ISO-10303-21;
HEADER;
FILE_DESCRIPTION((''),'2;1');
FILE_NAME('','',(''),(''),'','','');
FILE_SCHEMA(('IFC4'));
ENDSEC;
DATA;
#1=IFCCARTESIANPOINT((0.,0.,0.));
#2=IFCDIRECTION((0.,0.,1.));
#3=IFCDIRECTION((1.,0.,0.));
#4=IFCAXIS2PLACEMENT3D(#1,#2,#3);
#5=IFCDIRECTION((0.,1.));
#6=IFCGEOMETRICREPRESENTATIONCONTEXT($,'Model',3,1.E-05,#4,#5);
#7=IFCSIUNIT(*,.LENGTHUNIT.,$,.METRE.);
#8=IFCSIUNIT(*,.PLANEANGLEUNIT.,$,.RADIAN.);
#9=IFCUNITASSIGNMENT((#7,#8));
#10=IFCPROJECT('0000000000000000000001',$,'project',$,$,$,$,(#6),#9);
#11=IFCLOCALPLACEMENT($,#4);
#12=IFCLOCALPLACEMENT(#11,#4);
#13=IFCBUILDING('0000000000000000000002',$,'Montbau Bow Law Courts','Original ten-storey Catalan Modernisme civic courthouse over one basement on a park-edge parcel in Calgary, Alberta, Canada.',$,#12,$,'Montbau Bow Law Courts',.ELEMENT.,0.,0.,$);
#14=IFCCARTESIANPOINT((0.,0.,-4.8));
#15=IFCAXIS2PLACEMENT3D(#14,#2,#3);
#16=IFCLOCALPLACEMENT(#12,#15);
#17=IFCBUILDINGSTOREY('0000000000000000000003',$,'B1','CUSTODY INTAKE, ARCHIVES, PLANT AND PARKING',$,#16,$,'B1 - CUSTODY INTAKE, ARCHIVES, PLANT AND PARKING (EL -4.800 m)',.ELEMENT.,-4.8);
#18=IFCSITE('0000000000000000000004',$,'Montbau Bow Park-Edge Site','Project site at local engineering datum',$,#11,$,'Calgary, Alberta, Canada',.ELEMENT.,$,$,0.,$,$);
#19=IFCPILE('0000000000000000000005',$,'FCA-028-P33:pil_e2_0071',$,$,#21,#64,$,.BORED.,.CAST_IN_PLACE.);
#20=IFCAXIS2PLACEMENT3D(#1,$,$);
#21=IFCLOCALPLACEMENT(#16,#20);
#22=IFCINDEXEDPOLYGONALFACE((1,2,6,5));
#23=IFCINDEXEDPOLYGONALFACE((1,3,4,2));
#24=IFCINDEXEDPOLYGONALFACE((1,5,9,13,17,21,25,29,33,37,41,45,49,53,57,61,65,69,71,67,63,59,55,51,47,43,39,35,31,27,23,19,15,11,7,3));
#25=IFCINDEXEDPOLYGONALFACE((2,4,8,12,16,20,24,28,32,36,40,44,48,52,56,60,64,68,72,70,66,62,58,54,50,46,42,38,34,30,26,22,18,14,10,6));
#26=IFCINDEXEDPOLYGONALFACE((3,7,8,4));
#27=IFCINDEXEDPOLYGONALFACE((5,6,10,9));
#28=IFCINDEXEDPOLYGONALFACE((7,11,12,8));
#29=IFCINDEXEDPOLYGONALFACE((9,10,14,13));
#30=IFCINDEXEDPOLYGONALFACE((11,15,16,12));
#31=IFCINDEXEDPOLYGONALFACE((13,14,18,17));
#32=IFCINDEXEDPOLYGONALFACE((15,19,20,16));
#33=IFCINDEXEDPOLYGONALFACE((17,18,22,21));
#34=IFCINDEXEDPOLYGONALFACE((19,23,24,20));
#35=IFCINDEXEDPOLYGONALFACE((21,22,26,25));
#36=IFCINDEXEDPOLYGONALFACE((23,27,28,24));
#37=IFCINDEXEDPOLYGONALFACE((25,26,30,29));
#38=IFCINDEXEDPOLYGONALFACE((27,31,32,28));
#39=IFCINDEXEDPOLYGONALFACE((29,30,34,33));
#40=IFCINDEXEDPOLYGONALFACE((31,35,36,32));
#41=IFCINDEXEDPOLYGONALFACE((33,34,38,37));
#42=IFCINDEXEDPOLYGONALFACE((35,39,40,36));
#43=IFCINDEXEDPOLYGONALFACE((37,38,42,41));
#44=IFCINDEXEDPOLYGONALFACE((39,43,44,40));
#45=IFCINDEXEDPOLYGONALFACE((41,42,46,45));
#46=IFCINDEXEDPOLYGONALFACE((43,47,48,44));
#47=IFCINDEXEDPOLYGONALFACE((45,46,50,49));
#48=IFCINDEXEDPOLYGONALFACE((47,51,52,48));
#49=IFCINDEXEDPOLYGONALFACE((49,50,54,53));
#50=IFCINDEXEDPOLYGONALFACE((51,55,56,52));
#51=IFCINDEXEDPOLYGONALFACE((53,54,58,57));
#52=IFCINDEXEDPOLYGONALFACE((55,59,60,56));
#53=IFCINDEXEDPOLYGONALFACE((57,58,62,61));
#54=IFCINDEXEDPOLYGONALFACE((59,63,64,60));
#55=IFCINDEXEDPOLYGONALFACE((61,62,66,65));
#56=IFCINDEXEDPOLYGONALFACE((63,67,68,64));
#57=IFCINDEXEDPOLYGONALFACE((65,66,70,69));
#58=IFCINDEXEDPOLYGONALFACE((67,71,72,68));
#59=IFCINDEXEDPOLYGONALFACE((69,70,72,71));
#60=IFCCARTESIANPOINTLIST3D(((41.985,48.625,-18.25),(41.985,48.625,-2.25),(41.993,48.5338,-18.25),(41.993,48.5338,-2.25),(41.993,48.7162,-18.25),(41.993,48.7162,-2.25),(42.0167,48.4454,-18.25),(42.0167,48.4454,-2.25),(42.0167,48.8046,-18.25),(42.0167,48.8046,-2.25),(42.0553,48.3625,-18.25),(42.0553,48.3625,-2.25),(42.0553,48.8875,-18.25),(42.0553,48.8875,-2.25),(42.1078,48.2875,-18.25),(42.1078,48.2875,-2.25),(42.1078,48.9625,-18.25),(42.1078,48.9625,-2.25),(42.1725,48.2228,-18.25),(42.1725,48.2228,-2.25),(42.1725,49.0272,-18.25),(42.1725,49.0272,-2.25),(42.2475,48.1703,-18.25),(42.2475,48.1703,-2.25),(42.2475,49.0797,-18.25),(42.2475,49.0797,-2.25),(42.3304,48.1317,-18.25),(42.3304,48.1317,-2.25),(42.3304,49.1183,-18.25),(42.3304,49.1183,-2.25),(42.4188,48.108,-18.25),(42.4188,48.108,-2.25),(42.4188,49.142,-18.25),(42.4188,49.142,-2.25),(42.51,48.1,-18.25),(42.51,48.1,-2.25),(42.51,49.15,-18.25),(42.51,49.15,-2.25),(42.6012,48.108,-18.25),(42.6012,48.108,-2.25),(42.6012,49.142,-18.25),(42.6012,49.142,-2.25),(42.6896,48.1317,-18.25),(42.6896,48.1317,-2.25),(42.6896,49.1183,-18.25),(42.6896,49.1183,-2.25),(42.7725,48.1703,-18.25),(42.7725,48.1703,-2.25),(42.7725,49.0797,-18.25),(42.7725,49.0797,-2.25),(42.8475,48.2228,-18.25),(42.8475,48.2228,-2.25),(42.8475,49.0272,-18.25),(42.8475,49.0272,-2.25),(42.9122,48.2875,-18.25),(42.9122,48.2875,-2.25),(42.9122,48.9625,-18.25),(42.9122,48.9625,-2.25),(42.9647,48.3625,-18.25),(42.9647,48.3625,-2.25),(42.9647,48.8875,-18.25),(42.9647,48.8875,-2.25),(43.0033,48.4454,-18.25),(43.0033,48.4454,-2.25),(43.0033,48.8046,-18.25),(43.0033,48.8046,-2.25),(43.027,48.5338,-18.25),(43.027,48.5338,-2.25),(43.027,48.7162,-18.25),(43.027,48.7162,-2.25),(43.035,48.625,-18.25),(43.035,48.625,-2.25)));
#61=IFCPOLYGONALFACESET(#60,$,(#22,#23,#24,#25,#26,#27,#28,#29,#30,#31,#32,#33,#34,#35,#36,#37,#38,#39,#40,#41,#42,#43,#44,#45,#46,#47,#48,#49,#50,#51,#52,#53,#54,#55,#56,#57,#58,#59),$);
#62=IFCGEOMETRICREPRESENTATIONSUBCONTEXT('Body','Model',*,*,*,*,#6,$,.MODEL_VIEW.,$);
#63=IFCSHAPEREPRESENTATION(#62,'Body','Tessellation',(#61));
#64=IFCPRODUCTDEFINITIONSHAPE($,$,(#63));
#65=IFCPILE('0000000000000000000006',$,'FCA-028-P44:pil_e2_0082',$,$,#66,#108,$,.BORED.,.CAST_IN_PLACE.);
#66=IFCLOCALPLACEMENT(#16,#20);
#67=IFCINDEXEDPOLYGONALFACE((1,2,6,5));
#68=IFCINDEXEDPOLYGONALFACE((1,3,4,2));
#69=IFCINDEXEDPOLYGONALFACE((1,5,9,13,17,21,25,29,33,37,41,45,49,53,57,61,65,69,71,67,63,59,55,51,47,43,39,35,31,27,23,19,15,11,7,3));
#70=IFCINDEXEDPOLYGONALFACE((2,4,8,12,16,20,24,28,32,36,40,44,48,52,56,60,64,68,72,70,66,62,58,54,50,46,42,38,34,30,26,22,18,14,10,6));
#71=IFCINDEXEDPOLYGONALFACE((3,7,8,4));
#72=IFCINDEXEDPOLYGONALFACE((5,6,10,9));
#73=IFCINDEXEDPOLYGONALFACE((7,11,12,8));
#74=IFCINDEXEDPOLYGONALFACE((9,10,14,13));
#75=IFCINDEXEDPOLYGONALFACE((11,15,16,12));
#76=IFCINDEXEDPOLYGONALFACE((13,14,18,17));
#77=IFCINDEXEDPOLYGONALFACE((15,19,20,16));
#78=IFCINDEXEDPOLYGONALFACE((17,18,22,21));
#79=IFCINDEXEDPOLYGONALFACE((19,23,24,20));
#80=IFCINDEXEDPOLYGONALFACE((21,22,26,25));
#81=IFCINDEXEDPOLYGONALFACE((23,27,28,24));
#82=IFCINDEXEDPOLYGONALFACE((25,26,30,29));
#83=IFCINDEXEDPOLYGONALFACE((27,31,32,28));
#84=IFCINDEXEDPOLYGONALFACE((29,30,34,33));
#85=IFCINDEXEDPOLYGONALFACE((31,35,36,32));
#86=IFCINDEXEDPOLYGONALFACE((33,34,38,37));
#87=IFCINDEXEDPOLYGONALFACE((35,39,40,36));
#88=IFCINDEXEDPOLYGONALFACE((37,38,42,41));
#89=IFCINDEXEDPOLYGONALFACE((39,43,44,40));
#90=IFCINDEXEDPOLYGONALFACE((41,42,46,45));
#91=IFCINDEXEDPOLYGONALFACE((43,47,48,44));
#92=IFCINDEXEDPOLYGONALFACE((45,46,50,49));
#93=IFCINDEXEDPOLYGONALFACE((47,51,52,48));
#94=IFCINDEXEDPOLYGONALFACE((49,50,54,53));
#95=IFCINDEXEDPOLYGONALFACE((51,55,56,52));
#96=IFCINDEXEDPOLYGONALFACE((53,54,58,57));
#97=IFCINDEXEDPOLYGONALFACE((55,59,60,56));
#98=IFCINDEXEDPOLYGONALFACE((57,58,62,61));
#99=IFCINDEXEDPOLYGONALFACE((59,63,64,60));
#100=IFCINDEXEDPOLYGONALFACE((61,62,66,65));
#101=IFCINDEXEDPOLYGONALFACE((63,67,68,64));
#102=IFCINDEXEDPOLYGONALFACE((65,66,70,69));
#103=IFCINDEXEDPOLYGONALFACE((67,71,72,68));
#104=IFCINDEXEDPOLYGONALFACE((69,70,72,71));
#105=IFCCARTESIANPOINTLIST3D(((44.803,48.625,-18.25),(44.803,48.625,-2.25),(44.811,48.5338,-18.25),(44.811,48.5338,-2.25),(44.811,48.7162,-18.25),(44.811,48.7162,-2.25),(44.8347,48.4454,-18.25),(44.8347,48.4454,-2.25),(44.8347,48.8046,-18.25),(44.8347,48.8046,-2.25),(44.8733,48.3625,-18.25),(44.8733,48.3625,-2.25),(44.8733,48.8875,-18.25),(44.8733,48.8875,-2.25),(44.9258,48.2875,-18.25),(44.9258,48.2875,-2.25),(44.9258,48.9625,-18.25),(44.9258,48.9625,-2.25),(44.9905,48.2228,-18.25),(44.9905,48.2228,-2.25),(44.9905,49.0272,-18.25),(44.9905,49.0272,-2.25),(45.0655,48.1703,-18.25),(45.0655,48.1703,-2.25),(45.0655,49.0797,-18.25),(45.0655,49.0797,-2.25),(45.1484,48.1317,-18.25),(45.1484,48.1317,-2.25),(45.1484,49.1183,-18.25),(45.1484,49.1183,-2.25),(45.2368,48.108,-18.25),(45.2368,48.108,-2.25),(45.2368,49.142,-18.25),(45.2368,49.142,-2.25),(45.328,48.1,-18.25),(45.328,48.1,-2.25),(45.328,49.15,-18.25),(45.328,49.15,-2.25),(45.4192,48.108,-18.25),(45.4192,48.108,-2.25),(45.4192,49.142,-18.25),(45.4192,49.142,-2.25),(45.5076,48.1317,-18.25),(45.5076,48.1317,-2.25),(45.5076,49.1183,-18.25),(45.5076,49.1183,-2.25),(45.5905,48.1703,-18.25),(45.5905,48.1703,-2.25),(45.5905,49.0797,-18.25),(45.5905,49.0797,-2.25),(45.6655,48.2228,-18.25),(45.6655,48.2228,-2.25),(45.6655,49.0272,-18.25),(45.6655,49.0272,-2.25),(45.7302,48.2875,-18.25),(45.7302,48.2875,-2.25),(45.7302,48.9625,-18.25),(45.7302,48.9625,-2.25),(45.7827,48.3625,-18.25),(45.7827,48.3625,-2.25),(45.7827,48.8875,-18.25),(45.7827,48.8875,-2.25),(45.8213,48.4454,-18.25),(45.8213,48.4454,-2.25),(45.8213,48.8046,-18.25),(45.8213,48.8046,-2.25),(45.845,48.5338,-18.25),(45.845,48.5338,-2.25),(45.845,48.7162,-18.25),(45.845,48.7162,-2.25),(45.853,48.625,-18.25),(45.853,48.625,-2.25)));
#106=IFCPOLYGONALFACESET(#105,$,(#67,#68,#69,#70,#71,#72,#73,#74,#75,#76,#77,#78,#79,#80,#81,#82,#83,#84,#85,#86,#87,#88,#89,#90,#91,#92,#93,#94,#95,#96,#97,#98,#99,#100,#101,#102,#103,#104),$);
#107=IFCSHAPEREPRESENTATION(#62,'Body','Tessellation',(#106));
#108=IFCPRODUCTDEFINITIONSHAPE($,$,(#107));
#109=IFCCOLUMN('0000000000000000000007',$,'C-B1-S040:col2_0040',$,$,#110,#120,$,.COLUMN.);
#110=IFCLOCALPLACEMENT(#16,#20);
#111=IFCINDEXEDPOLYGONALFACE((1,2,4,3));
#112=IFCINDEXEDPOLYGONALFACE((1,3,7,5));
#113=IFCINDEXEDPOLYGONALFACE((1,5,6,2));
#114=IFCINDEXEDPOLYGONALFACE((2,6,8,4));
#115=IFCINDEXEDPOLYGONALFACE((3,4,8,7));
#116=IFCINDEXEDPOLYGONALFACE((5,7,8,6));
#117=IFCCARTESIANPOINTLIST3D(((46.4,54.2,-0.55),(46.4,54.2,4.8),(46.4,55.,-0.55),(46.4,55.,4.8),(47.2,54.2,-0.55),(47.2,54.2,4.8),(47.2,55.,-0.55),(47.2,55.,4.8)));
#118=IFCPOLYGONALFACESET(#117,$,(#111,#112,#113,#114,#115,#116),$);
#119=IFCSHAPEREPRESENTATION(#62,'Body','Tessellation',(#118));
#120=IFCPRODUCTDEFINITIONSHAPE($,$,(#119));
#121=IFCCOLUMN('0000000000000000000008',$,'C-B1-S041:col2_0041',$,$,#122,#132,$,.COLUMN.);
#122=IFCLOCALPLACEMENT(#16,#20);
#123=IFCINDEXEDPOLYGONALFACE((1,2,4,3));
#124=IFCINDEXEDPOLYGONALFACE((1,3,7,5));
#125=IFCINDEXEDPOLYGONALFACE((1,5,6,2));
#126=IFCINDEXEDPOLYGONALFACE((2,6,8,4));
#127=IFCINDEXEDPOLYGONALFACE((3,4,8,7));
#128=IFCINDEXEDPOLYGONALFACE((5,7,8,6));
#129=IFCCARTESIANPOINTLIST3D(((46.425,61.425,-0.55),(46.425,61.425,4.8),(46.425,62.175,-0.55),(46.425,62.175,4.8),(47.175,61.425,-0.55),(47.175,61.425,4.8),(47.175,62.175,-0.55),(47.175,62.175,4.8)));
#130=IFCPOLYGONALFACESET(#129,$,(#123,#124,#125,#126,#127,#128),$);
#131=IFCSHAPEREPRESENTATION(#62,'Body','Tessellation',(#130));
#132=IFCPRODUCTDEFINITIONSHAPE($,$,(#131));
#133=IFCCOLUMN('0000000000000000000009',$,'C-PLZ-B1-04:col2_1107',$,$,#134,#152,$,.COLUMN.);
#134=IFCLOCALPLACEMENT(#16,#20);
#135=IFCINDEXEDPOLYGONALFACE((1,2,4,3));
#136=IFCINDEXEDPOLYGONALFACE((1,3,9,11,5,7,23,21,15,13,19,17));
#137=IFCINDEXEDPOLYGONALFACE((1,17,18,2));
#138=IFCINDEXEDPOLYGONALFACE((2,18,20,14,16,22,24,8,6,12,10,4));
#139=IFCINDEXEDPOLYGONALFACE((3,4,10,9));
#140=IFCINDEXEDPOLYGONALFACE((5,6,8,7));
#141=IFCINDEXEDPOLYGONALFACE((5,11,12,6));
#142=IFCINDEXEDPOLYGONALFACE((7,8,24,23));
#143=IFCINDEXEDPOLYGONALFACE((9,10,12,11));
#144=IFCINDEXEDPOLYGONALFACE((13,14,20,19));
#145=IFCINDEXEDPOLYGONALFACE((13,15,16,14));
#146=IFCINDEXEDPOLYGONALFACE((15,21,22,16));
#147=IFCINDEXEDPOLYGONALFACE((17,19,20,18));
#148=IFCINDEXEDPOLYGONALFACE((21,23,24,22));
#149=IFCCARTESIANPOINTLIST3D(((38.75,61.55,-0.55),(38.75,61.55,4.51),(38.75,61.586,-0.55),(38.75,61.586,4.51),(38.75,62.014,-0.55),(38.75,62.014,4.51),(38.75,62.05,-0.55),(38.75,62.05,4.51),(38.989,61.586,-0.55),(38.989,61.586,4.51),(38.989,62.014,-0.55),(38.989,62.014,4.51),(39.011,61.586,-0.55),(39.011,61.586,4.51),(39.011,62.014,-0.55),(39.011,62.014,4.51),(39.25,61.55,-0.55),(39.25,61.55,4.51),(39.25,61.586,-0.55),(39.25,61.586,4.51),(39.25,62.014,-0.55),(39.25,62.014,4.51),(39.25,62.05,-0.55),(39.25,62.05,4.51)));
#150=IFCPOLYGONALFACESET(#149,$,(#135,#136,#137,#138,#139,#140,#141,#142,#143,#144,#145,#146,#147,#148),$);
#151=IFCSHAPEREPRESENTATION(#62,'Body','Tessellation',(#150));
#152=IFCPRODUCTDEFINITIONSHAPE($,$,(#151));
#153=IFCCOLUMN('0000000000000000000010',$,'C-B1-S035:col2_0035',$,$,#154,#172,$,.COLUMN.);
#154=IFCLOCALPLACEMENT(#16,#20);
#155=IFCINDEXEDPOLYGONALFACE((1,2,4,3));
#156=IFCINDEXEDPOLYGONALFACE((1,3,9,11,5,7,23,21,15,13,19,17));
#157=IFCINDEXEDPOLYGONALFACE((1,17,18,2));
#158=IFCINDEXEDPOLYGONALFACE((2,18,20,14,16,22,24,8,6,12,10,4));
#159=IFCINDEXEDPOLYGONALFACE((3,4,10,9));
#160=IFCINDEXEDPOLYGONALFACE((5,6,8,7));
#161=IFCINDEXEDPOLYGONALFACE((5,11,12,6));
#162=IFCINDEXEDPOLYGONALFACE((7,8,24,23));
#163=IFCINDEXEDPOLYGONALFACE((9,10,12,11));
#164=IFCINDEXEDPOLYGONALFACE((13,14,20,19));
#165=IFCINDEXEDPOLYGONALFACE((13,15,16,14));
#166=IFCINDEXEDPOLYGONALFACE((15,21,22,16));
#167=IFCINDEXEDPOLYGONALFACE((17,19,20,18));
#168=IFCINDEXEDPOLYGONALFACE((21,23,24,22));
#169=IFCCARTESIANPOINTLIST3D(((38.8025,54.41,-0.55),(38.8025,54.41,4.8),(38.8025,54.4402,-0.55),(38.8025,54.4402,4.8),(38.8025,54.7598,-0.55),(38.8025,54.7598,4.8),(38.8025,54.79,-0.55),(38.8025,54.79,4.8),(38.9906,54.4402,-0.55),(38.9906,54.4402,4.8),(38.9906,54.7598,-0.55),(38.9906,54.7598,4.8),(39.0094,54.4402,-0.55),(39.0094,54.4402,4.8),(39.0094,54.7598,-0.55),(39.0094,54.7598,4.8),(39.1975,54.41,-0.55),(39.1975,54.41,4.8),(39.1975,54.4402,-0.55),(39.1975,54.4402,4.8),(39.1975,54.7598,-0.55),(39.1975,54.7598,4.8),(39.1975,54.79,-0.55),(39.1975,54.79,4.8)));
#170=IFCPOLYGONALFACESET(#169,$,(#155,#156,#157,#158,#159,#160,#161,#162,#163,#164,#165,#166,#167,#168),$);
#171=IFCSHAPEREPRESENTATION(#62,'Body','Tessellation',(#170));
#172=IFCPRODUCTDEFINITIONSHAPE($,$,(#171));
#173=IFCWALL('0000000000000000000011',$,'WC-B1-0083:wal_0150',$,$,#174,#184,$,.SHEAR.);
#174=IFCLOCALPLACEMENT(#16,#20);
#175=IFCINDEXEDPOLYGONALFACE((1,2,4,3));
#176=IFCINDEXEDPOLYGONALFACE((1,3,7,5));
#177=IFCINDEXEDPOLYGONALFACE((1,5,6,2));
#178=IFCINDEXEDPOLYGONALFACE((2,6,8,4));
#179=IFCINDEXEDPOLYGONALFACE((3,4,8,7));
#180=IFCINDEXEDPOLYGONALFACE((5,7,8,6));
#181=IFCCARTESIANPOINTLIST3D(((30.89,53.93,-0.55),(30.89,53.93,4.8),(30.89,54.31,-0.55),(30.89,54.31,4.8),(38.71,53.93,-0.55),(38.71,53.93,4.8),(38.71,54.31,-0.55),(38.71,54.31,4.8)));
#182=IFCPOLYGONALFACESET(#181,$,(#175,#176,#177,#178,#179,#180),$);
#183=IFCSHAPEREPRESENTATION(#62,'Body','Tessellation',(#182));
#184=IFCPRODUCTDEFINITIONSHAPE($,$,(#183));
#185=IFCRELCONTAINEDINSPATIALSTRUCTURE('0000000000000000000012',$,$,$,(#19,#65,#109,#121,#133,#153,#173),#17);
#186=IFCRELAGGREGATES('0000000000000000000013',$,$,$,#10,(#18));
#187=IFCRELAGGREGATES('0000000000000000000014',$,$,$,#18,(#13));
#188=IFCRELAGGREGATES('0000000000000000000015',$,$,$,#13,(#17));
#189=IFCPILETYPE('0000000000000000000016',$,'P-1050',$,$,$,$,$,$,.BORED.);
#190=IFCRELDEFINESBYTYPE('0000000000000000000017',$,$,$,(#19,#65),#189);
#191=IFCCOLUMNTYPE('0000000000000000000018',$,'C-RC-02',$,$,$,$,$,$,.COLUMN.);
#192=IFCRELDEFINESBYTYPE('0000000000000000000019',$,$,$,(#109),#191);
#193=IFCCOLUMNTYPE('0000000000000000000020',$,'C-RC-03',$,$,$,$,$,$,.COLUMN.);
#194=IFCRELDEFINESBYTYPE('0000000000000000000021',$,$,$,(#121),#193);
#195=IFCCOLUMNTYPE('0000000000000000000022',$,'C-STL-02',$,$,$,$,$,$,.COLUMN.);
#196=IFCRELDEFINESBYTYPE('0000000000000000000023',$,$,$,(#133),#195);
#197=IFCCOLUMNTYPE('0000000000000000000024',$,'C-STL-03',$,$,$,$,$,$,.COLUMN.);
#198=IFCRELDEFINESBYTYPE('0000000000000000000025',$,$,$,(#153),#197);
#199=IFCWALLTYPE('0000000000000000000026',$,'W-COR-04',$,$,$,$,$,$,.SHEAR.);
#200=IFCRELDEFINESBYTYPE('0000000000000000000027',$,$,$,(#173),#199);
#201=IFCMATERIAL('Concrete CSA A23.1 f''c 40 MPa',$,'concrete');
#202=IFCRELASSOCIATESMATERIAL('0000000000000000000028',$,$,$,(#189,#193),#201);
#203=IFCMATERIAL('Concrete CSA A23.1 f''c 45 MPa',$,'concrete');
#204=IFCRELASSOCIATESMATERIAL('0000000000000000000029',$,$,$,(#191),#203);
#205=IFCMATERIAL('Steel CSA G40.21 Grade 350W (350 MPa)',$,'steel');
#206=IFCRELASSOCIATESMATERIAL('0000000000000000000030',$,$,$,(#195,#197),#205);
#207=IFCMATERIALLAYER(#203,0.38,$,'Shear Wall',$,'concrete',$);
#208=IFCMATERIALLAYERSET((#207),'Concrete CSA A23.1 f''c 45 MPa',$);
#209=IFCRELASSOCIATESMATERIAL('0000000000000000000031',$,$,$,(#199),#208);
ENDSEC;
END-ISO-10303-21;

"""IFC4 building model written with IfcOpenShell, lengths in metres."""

from ifc_helpers import new_model, si_unit, direction, frame, frame_2d, origin_with_axes, origin_2d_with_axis, place, context, subcontext, project, spatial, rectangle, circle, i_section, extrude, material, layer, layer_set, material_profile, profile_set, type_object, element, save


model = new_model("IFC4")

# Units and contexts
model_context = context("Model", 3, precision=1e-05, world=origin_with_axes(), true_north=direction((0.0, 1.0)))
body_context = subcontext(model_context, "Body", "Model", "MODEL_VIEW")
ifc_project = project(units=[si_unit("LENGTHUNIT", "METRE"), si_unit("PLANEANGLEUNIT", "RADIAN")], contexts=[model_context])

# Site, building, storey
site_placement = place(None, origin_with_axes())
site = spatial("IfcSite", under=ifc_project, at=site_placement, Name="Montbau Bow Park-Edge Site", Description="Project site at local engineering datum", LongName="Calgary, Alberta, Canada", CompositionType="ELEMENT", RefElevation=0.0)
building_placement = place(site_placement, origin_with_axes())
building = spatial("IfcBuilding", under=site, at=building_placement, Name="Montbau Bow Law Courts", Description="Original ten-storey Catalan Modernisme civic courthouse over one basement on a park-edge parcel in Calgary, Alberta, Canada.", LongName="Montbau Bow Law Courts", CompositionType="ELEMENT", ElevationOfRefHeight=0.0, ElevationOfTerrain=0.0)
storey_placement = place(building_placement, frame((0.0, 0.0, -4.8), z_axis=(0.0, 0.0, 1.0), x_axis=(1.0, 0.0, 0.0)))
storey = spatial("IfcBuildingStorey", under=building, at=storey_placement, Name="B1", Description="CUSTODY INTAKE, ARCHIVES, PLANT AND PARKING", LongName="B1 - CUSTODY INTAKE, ARCHIVES, PLANT AND PARKING (EL -4.800 m)", CompositionType="ELEMENT", Elevation=-4.8)

# Piles
ifc_material_1 = material(Name="Concrete CSA A23.1 f'c 40 MPa", Category="concrete")
ifc_material_profile_1 = material_profile(ifc_material_1, circle(Radius=0.525, at=origin_2d_with_axis()), Name="BP1050", Category="Main", Priority=0)
ifc_profile_set_1 = profile_set([ifc_material_profile_1], Name="Concrete CSA A23.1 f'c 40 MPa")
pile_type_1 = type_object("IfcPileType", Name="P-1050", PredefinedType="BORED", material=ifc_profile_set_1)
for number, where, z_axis, x_axis, name in (
    (1, (42.51, 48.625, -23.05), (0.0, 0.0, 1.0), (1.0, 0.0, 0.0), "FCA-028-P33:pil_e2_0071"),
    (2, (45.328, 48.625, -23.05), (0.0, 0.0, 1.0), (1.0, 0.0, 0.0), "FCA-028-P44:pil_e2_0082"),
):
    element("IfcPile", number, at=place(None, frame(where, z_axis=z_axis, x_axis=x_axis)), inside=storey, type_object=pile_type_1, Name=name, ConstructionType="CAST_IN_PLACE", PredefinedType="BORED", context=body_context, shape_type="SweptSolid", body=[
        extrude(circle(Radius=0.525, at=origin_2d_with_axis()), origin_with_axes(), (0.0, 0.0, 1.0), 16.0),
    ])

# Columns
ifc_material_2 = material(Name="Concrete CSA A23.1 f'c 45 MPa", Category="concrete")
ifc_material_profile_2 = material_profile(ifc_material_2, rectangle(XDim=0.8, YDim=0.8, at=origin_2d_with_axis()), Name="RC800X800", Category="Main", Priority=0)
ifc_profile_set_2 = profile_set([ifc_material_profile_2], Name="Concrete CSA A23.1 f'c 45 MPa")
column_type_1 = type_object("IfcColumnType", Name="C-RC-02", PredefinedType="COLUMN", material=ifc_profile_set_2)
column_1_placement = place(None, frame((46.8, 54.6, -5.35), z_axis=(0.0, 0.0, 1.0), x_axis=(1.0, 0.0, 0.0)))
element("IfcColumn", 3, at=column_1_placement, inside=storey, type_object=column_type_1, Name="C-B1-S040:col2_0040", PredefinedType="COLUMN", context=body_context, shape_type="SweptSolid", body=[
    extrude(rectangle(XDim=0.8, YDim=0.8, at=origin_2d_with_axis()), origin_with_axes(), (0.0, 0.0, 1.0), 5.35),
])
ifc_material_profile_3 = material_profile(ifc_material_1, rectangle(XDim=0.75, YDim=0.75, at=origin_2d_with_axis()), Name="RC750X750", Category="Main", Priority=0)
ifc_profile_set_3 = profile_set([ifc_material_profile_3], Name="Concrete CSA A23.1 f'c 40 MPa")
column_type_2 = type_object("IfcColumnType", Name="C-RC-03", PredefinedType="COLUMN", material=ifc_profile_set_3)
column_2_placement = place(None, frame((46.8, 61.8, -5.35), z_axis=(0.0, 0.0, 1.0), x_axis=(1.0, 0.0, 0.0)))
element("IfcColumn", 4, at=column_2_placement, inside=storey, type_object=column_type_2, Name="C-B1-S041:col2_0041", PredefinedType="COLUMN", context=body_context, shape_type="SweptSolid", body=[
    extrude(rectangle(XDim=0.75, YDim=0.75, at=origin_2d_with_axis()), origin_with_axes(), (0.0, 0.0, 1.0), 5.35),
])
ifc_material_3 = material(Name="Steel CSA G40.21 Grade 350W (350 MPa)", Category="steel")
ifc_material_profile_4 = material_profile(ifc_material_3, i_section(OverallWidth=0.5, OverallDepth=0.5, WebThickness=0.022, FlangeThickness=0.036, at=origin_2d_with_axis()), Name="WWF500X343", Category="Main", Priority=0)
ifc_profile_set_4 = profile_set([ifc_material_profile_4], Name="Steel CSA G40.21 Grade 350W (350 MPa)")
column_type_3 = type_object("IfcColumnType", Name="C-STL-02", PredefinedType="COLUMN", material=ifc_profile_set_4)
column_3_placement = place(None, frame((39.0, 61.8, -5.35), z_axis=(0.0, 0.0, 1.0), x_axis=(1.0, 0.0, 0.0)))
element("IfcColumn", 5, at=column_3_placement, inside=storey, type_object=column_type_3, Name="C-PLZ-B1-04:col2_1107", PredefinedType="COLUMN", context=body_context, shape_type="SweptSolid", body=[
    extrude(i_section(OverallWidth=0.5, OverallDepth=0.5, WebThickness=0.022, FlangeThickness=0.036, at=origin_2d_with_axis()), origin_with_axes(), (0.0, 0.0, 1.0), 5.06),
])
ifc_material_profile_5 = material_profile(ifc_material_3, i_section(OverallWidth=0.395, OverallDepth=0.38, WebThickness=0.0189, FlangeThickness=0.0302, at=origin_2d_with_axis()), Name="W360X237", Category="Main", Priority=0)
ifc_profile_set_5 = profile_set([ifc_material_profile_5], Name="Steel CSA G40.21 Grade 350W (350 MPa)")
column_type_4 = type_object("IfcColumnType", Name="C-STL-03", PredefinedType="COLUMN", material=ifc_profile_set_5)
column_4_placement = place(None, frame((39.0, 54.6, -5.35), z_axis=(0.0, 0.0, 1.0), x_axis=(1.0, 0.0, 0.0)))
element("IfcColumn", 6, at=column_4_placement, inside=storey, type_object=column_type_4, Name="C-B1-S035:col2_0035", PredefinedType="COLUMN", context=body_context, shape_type="SweptSolid", body=[
    extrude(i_section(OverallWidth=0.395, OverallDepth=0.38, WebThickness=0.0189, FlangeThickness=0.0302, at=origin_2d_with_axis()), origin_with_axes(), (0.0, 0.0, 1.0), 5.35),
])

# Wall
ifc_layer_1 = layer(ifc_material_2, 0.38, Name="Shear Wall", Category="concrete")
ifc_layer_set_1 = layer_set([ifc_layer_1], Name="Concrete CSA A23.1 f'c 45 MPa")
wall_type_1 = type_object("IfcWallType", Name="W-COR-04", PredefinedType="SHEAR", material=ifc_layer_set_1)
wall_1_placement = place(None, frame((38.71, 54.12, -5.35), z_axis=(0.0, 0.0, 1.0), x_axis=(-1.0, 0.0, 0.0)))
element("IfcWall", 7, at=wall_1_placement, inside=storey, type_object=wall_type_1, Name="WC-B1-0083:wal_0150", PredefinedType="SHEAR", context=body_context, shape_type="SweptSolid", body=[
    extrude(rectangle(XDim=7.82, YDim=0.38, at=frame_2d((3.91, 0.0), x_axis=(1.0, 0.0))), origin_with_axes(), (0.0, 0.0, 1.0), 5.35),
])

save(model, "model.ifc")
